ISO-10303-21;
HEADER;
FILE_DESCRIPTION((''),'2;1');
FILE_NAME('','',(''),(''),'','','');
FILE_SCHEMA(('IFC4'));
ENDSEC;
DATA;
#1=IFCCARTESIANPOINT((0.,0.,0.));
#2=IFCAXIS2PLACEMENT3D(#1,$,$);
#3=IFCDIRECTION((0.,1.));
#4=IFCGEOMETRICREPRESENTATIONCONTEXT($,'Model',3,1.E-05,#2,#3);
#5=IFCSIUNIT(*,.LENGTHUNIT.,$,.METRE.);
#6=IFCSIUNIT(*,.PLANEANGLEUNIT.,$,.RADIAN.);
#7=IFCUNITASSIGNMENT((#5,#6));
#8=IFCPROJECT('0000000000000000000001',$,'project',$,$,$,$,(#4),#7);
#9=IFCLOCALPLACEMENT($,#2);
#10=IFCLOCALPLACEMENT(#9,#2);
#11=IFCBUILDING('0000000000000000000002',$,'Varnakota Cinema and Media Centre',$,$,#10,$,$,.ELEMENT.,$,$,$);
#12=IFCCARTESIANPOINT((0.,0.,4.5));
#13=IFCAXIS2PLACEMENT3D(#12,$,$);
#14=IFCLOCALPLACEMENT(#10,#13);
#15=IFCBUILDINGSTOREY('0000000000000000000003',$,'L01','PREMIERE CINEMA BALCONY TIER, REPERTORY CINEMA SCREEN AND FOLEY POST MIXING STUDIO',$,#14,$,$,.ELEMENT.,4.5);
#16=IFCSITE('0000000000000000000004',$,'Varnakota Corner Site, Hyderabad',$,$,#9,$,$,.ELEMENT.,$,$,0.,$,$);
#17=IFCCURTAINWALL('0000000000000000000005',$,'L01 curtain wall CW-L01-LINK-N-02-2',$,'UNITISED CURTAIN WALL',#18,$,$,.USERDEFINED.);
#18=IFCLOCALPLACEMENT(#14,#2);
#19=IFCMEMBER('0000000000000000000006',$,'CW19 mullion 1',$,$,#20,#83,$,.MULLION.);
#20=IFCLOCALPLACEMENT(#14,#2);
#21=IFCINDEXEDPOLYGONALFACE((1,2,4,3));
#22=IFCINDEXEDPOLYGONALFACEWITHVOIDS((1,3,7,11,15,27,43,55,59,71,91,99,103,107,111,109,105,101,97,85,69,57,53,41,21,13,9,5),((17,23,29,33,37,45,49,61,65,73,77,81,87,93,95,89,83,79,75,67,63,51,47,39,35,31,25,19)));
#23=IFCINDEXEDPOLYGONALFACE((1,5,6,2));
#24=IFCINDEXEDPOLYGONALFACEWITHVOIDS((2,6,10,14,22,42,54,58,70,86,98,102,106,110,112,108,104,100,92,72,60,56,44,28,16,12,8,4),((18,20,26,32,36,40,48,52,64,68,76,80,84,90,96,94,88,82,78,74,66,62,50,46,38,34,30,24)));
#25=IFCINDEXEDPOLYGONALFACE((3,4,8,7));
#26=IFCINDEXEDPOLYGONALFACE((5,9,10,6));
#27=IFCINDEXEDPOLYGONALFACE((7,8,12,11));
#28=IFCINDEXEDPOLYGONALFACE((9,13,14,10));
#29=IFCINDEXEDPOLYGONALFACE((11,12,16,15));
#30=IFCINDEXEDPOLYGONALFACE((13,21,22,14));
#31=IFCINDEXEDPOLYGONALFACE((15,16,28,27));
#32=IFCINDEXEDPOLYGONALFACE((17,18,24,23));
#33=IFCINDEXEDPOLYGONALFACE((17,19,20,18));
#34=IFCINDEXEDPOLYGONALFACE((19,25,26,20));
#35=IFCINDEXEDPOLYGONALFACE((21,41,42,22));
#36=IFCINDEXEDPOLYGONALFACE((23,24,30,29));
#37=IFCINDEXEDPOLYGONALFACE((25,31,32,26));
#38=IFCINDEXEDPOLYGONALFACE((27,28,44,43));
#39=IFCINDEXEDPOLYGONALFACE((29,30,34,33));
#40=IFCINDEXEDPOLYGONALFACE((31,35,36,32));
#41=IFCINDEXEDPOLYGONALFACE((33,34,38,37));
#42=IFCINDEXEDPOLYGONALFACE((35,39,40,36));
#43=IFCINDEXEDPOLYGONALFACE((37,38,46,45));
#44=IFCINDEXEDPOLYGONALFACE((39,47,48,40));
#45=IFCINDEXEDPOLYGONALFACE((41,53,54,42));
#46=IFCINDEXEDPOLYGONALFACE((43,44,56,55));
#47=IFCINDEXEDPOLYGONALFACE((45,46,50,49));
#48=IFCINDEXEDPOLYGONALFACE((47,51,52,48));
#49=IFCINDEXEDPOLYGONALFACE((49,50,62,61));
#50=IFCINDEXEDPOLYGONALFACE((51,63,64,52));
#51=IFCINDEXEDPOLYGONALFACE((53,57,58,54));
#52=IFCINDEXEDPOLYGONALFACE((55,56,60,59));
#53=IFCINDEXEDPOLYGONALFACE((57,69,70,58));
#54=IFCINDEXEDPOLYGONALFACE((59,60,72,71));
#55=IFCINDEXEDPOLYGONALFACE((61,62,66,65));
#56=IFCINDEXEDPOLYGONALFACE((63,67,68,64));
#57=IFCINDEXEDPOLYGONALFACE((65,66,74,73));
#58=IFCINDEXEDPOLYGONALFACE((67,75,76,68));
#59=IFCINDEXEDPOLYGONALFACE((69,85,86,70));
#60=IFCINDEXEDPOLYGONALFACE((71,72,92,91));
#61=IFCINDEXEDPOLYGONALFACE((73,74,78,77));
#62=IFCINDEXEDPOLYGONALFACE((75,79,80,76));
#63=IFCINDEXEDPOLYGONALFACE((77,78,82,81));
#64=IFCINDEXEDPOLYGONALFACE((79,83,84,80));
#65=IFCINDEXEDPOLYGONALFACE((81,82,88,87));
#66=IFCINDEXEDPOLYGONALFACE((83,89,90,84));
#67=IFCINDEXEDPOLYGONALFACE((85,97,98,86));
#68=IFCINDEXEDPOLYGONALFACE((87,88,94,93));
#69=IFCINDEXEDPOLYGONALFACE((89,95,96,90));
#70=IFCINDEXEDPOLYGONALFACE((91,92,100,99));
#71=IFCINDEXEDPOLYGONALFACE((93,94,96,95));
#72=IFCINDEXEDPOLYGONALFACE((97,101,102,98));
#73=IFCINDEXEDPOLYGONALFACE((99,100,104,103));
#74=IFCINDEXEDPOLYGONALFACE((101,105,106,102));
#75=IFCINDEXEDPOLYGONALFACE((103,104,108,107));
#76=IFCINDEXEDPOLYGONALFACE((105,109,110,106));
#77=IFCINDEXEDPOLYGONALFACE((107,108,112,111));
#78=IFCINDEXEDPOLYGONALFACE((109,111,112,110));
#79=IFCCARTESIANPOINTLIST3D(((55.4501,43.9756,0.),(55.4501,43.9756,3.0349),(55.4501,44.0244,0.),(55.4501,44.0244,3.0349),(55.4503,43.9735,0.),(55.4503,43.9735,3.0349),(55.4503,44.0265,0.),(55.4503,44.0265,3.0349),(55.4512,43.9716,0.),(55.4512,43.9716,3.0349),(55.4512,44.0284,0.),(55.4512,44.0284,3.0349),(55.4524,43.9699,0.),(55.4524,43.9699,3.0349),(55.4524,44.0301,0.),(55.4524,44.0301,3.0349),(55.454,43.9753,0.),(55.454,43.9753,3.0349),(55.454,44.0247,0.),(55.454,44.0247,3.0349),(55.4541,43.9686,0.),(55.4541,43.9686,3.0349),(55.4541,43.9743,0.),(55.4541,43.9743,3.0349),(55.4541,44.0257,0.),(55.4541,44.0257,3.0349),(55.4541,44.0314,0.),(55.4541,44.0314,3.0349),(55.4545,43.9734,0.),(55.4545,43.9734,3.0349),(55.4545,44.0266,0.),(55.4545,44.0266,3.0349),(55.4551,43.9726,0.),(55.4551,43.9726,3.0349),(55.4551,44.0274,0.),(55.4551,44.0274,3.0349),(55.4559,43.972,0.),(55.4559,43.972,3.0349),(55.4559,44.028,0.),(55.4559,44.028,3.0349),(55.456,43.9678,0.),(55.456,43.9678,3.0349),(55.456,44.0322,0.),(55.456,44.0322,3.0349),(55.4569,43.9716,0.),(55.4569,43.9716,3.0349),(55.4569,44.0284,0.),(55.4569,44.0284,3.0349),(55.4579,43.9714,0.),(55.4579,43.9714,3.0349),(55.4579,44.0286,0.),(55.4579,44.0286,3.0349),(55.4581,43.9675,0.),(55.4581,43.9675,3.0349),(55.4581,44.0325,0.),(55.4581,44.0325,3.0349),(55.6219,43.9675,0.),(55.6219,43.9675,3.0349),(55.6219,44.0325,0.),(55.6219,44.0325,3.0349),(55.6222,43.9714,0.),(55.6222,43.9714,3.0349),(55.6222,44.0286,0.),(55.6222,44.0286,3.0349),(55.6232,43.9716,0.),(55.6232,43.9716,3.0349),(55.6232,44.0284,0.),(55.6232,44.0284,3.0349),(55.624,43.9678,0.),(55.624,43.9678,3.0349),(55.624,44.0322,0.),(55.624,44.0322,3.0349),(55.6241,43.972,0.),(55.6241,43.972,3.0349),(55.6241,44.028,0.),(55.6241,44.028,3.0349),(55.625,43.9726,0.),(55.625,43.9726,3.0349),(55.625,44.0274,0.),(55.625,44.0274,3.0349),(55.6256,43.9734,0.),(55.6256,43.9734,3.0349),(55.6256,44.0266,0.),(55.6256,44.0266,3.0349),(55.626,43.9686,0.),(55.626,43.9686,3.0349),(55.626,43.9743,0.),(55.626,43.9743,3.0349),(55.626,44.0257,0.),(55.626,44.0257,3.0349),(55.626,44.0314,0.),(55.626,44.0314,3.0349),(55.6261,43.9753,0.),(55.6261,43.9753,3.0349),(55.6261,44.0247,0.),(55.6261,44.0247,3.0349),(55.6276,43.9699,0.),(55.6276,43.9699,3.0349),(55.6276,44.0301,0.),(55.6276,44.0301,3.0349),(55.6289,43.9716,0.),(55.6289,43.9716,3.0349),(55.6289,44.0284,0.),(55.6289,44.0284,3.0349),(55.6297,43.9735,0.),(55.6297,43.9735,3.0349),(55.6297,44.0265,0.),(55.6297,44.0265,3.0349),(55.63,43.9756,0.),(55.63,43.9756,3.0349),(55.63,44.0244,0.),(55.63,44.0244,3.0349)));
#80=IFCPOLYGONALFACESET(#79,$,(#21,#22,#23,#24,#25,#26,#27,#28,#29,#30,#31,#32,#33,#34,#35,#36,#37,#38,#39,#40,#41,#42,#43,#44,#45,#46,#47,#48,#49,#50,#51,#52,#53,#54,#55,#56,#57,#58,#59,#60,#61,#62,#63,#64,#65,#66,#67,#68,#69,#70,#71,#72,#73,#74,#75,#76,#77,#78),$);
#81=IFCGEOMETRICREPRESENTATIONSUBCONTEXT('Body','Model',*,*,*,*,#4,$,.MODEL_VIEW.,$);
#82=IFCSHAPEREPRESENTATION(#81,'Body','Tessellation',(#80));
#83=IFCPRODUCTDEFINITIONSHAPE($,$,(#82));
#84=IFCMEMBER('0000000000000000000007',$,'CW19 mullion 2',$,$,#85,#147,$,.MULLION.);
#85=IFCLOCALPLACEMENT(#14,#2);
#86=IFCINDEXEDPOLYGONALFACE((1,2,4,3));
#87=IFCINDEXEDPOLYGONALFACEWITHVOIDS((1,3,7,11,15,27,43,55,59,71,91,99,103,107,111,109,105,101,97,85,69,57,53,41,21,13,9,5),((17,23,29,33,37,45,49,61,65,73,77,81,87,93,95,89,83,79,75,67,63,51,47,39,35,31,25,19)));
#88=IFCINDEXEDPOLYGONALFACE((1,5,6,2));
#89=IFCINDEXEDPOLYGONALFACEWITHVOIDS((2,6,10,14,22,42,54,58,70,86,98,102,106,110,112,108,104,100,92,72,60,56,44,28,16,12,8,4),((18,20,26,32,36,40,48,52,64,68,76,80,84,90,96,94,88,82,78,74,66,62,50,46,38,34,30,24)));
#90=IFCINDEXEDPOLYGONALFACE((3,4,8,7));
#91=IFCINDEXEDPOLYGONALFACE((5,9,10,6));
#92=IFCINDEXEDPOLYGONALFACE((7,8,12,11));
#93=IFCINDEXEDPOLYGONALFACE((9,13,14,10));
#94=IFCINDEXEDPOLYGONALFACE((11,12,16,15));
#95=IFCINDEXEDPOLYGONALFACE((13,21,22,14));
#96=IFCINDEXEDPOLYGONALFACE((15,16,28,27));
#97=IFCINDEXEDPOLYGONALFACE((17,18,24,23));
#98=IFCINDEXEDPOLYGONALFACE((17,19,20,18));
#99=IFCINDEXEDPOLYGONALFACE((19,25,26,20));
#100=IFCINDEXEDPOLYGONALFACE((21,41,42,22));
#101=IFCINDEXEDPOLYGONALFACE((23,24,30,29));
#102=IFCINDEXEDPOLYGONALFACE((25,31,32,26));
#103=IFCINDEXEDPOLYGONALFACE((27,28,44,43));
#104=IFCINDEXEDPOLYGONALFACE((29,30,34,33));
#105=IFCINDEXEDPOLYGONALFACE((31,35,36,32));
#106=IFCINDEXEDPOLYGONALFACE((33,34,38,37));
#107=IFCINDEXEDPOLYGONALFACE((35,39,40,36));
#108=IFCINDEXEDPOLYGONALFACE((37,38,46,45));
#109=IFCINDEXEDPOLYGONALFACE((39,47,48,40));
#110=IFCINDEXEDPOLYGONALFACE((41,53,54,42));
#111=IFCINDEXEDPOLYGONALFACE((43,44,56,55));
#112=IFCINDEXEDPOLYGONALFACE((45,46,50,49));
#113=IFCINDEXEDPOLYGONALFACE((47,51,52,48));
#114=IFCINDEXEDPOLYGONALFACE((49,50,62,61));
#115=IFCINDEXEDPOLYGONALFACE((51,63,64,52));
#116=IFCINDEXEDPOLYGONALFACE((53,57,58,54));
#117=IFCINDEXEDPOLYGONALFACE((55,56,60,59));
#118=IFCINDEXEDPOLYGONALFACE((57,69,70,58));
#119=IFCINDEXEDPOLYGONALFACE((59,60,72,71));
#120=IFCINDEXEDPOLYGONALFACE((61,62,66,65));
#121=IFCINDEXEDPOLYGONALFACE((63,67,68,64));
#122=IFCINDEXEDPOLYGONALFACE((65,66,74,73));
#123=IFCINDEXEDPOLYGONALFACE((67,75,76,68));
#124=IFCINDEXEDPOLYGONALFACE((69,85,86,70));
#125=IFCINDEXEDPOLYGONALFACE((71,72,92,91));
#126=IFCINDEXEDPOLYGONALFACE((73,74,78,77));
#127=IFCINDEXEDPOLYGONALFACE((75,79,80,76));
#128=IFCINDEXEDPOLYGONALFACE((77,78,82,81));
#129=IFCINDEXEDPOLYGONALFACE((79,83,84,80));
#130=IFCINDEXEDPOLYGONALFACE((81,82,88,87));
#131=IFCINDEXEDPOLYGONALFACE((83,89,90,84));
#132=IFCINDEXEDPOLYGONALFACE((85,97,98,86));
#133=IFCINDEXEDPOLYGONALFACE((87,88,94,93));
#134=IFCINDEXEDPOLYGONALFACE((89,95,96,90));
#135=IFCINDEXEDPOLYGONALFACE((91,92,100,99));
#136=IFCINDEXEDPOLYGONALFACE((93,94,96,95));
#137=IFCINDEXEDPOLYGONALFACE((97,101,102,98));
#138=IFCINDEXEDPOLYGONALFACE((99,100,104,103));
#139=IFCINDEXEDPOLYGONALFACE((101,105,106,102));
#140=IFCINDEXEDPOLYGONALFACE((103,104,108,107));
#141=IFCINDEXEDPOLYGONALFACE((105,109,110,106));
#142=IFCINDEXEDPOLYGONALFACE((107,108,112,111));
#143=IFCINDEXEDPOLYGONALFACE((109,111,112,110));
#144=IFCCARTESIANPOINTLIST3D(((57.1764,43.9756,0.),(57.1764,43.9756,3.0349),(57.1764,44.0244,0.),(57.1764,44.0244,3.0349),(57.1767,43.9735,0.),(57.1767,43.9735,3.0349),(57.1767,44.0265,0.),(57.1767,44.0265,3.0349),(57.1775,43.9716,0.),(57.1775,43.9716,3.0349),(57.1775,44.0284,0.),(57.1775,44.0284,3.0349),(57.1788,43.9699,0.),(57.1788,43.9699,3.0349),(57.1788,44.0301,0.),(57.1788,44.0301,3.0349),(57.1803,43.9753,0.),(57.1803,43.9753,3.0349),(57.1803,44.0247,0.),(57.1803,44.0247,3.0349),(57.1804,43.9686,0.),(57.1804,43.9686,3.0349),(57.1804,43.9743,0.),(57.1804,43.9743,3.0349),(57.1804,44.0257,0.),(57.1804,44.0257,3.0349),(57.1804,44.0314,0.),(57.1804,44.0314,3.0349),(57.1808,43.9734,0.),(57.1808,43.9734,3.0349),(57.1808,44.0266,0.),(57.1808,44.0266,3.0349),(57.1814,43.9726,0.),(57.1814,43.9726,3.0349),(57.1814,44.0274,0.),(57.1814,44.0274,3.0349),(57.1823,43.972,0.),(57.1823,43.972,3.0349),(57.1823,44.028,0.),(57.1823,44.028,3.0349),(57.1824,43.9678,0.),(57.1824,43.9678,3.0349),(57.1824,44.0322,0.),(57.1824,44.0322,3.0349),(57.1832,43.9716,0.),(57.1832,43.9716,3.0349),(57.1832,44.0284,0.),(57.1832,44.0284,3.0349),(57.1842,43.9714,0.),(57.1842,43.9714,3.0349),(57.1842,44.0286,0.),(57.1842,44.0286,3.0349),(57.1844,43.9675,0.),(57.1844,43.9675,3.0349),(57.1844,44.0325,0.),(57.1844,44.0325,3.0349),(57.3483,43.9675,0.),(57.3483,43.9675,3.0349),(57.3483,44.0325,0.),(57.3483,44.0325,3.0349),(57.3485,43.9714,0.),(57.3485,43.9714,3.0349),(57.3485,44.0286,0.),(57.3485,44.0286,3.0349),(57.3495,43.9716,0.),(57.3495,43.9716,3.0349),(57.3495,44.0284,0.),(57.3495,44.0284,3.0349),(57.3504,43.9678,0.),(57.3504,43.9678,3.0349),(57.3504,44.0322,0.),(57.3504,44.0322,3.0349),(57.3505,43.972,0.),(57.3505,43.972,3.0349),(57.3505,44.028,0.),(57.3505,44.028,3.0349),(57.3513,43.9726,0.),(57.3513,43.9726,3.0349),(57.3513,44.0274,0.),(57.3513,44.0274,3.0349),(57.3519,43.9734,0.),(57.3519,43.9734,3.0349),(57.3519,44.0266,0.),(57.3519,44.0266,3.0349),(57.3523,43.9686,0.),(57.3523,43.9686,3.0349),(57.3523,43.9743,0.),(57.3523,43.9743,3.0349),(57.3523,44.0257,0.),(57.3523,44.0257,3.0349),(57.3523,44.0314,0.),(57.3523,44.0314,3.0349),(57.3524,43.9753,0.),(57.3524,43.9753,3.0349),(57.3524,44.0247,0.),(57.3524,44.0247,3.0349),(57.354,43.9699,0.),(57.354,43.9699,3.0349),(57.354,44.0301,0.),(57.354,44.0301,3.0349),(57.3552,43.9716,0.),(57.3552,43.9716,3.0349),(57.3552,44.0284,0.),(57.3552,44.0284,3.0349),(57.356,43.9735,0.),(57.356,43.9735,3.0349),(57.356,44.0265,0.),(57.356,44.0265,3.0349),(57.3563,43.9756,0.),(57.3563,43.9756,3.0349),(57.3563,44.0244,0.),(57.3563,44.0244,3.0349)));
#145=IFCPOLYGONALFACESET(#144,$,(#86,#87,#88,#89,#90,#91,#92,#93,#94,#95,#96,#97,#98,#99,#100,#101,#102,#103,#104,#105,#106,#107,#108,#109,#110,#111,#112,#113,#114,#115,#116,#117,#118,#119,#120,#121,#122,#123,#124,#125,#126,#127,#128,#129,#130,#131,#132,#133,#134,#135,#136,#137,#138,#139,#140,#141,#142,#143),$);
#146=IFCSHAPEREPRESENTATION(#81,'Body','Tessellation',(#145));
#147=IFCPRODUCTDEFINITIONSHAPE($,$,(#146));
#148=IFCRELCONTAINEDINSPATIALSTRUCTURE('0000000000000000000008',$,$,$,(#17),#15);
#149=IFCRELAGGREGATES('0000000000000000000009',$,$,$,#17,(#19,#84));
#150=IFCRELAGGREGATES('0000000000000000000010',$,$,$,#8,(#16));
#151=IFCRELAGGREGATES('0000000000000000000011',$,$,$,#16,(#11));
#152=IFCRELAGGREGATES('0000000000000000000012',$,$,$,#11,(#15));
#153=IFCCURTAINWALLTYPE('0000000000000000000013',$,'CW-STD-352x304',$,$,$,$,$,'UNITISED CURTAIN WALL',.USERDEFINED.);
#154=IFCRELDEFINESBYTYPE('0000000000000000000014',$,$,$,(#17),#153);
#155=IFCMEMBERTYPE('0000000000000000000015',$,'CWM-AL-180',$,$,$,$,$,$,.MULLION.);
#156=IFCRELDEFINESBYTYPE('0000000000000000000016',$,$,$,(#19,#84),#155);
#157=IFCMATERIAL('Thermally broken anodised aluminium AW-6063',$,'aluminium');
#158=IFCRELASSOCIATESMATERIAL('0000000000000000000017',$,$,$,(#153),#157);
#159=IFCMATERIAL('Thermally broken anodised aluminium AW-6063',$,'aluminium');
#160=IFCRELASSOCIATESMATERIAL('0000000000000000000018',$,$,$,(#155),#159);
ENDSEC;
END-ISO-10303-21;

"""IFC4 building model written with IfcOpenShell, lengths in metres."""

from ifc_helpers import new_model, si_unit, direction, frame, origin, origin_2d, place, context, subcontext, project, spatial, hollow_rectangle, extrude, material, material_profile, profile_set, type_object, element, aggregate, save


model = new_model("IFC4")

# Units and contexts
model_context = context("Model", 3, precision=1e-05, world=origin(), true_north=direction((0.0, 1.0)))
body_context = subcontext(model_context, "Body", "Model", "MODEL_VIEW")
ifc_project = project(units=[si_unit("LENGTHUNIT", "METRE"), si_unit("PLANEANGLEUNIT", "RADIAN")], contexts=[model_context])

# Site, building, storey
site_placement = place(None, origin())
site = spatial("IfcSite", under=ifc_project, at=site_placement, Name="Varnakota Corner Site, Hyderabad", CompositionType="ELEMENT", RefElevation=0.0)
building_placement = place(site_placement, origin())
building = spatial("IfcBuilding", under=site, at=building_placement, Name="Varnakota Cinema and Media Centre", CompositionType="ELEMENT")
storey_placement = place(building_placement, frame((0.0, 0.0, 4.5)))
storey = spatial("IfcBuildingStorey", under=building, at=storey_placement, Name="L01", Description="PREMIERE CINEMA BALCONY TIER, REPERTORY CINEMA SCREEN AND FOLEY POST MIXING STUDIO", CompositionType="ELEMENT", Elevation=4.5)

# Curtain wall, members
ifc_material_1 = material(Name="Thermally broken anodised aluminium AW-6063", Category="aluminium")
curtain_wall_type = type_object("IfcCurtainWallType", Name="CW-STD-352x304", ElementType="UNITISED CURTAIN WALL", PredefinedType="USERDEFINED", material=ifc_material_1)
ifc_material_2 = material(Name="Thermally broken anodised aluminium AW-6063", Category="aluminium")
ifc_material_profile_1 = material_profile(ifc_material_2, hollow_rectangle(XDim=0.0649, YDim=0.1799, WallThickness=0.0039, InnerFilletRadius=0.0039, OuterFilletRadius=0.0081, at=origin_2d()), Name="AL-MULLION 180x65x4")
ifc_profile_set_1 = profile_set([ifc_material_profile_1], Name="Thermally broken anodised aluminium AW-6063")
member_type_1 = type_object("IfcMemberType", Name="CWM-AL-180", PredefinedType="MULLION", material=ifc_profile_set_1)
curtain_wall_1_placement = place(storey_placement, origin())
curtain_wall_1 = element("IfcCurtainWall", 1, at=curtain_wall_1_placement, inside=storey, type_object=curtain_wall_type, Name="L01 curtain wall CW-L01-LINK-N-02-2", ObjectType="UNITISED CURTAIN WALL", PredefinedType="USERDEFINED")
member_1_placement = place(storey_placement, frame((55.54, 44.0, 0.0), z_axis=(0.0, 0.0, 1.0), x_axis=(0.0, 1.0, 0.0)))
member_1 = element("IfcMember", 2, at=member_1_placement, type_object=member_type_1, Name="CW19 mullion 1", PredefinedType="MULLION", context=body_context, shape_type="SweptSolid", body=[
    extrude(hollow_rectangle(XDim=0.0649, YDim=0.1799, WallThickness=0.0039, InnerFilletRadius=0.0039, OuterFilletRadius=0.0081, at=origin_2d()), origin(), (0.0, 0.0, 1.0), 3.0349),
])
member_2_placement = place(storey_placement, frame((57.2664, 44.0, 0.0), z_axis=(0.0, 0.0, 1.0), x_axis=(0.0, 1.0, 0.0)))
member_2 = element("IfcMember", 3, at=member_2_placement, type_object=member_type_1, Name="CW19 mullion 2", PredefinedType="MULLION", context=body_context, shape_type="SweptSolid", body=[
    extrude(hollow_rectangle(XDim=0.0649, YDim=0.1799, WallThickness=0.0039, InnerFilletRadius=0.0039, OuterFilletRadius=0.0081, at=origin_2d()), origin(), (0.0, 0.0, 1.0), 3.0349),
])

aggregate(curtain_wall_1, [member_1, member_2])

save(model, "model.ifc")
